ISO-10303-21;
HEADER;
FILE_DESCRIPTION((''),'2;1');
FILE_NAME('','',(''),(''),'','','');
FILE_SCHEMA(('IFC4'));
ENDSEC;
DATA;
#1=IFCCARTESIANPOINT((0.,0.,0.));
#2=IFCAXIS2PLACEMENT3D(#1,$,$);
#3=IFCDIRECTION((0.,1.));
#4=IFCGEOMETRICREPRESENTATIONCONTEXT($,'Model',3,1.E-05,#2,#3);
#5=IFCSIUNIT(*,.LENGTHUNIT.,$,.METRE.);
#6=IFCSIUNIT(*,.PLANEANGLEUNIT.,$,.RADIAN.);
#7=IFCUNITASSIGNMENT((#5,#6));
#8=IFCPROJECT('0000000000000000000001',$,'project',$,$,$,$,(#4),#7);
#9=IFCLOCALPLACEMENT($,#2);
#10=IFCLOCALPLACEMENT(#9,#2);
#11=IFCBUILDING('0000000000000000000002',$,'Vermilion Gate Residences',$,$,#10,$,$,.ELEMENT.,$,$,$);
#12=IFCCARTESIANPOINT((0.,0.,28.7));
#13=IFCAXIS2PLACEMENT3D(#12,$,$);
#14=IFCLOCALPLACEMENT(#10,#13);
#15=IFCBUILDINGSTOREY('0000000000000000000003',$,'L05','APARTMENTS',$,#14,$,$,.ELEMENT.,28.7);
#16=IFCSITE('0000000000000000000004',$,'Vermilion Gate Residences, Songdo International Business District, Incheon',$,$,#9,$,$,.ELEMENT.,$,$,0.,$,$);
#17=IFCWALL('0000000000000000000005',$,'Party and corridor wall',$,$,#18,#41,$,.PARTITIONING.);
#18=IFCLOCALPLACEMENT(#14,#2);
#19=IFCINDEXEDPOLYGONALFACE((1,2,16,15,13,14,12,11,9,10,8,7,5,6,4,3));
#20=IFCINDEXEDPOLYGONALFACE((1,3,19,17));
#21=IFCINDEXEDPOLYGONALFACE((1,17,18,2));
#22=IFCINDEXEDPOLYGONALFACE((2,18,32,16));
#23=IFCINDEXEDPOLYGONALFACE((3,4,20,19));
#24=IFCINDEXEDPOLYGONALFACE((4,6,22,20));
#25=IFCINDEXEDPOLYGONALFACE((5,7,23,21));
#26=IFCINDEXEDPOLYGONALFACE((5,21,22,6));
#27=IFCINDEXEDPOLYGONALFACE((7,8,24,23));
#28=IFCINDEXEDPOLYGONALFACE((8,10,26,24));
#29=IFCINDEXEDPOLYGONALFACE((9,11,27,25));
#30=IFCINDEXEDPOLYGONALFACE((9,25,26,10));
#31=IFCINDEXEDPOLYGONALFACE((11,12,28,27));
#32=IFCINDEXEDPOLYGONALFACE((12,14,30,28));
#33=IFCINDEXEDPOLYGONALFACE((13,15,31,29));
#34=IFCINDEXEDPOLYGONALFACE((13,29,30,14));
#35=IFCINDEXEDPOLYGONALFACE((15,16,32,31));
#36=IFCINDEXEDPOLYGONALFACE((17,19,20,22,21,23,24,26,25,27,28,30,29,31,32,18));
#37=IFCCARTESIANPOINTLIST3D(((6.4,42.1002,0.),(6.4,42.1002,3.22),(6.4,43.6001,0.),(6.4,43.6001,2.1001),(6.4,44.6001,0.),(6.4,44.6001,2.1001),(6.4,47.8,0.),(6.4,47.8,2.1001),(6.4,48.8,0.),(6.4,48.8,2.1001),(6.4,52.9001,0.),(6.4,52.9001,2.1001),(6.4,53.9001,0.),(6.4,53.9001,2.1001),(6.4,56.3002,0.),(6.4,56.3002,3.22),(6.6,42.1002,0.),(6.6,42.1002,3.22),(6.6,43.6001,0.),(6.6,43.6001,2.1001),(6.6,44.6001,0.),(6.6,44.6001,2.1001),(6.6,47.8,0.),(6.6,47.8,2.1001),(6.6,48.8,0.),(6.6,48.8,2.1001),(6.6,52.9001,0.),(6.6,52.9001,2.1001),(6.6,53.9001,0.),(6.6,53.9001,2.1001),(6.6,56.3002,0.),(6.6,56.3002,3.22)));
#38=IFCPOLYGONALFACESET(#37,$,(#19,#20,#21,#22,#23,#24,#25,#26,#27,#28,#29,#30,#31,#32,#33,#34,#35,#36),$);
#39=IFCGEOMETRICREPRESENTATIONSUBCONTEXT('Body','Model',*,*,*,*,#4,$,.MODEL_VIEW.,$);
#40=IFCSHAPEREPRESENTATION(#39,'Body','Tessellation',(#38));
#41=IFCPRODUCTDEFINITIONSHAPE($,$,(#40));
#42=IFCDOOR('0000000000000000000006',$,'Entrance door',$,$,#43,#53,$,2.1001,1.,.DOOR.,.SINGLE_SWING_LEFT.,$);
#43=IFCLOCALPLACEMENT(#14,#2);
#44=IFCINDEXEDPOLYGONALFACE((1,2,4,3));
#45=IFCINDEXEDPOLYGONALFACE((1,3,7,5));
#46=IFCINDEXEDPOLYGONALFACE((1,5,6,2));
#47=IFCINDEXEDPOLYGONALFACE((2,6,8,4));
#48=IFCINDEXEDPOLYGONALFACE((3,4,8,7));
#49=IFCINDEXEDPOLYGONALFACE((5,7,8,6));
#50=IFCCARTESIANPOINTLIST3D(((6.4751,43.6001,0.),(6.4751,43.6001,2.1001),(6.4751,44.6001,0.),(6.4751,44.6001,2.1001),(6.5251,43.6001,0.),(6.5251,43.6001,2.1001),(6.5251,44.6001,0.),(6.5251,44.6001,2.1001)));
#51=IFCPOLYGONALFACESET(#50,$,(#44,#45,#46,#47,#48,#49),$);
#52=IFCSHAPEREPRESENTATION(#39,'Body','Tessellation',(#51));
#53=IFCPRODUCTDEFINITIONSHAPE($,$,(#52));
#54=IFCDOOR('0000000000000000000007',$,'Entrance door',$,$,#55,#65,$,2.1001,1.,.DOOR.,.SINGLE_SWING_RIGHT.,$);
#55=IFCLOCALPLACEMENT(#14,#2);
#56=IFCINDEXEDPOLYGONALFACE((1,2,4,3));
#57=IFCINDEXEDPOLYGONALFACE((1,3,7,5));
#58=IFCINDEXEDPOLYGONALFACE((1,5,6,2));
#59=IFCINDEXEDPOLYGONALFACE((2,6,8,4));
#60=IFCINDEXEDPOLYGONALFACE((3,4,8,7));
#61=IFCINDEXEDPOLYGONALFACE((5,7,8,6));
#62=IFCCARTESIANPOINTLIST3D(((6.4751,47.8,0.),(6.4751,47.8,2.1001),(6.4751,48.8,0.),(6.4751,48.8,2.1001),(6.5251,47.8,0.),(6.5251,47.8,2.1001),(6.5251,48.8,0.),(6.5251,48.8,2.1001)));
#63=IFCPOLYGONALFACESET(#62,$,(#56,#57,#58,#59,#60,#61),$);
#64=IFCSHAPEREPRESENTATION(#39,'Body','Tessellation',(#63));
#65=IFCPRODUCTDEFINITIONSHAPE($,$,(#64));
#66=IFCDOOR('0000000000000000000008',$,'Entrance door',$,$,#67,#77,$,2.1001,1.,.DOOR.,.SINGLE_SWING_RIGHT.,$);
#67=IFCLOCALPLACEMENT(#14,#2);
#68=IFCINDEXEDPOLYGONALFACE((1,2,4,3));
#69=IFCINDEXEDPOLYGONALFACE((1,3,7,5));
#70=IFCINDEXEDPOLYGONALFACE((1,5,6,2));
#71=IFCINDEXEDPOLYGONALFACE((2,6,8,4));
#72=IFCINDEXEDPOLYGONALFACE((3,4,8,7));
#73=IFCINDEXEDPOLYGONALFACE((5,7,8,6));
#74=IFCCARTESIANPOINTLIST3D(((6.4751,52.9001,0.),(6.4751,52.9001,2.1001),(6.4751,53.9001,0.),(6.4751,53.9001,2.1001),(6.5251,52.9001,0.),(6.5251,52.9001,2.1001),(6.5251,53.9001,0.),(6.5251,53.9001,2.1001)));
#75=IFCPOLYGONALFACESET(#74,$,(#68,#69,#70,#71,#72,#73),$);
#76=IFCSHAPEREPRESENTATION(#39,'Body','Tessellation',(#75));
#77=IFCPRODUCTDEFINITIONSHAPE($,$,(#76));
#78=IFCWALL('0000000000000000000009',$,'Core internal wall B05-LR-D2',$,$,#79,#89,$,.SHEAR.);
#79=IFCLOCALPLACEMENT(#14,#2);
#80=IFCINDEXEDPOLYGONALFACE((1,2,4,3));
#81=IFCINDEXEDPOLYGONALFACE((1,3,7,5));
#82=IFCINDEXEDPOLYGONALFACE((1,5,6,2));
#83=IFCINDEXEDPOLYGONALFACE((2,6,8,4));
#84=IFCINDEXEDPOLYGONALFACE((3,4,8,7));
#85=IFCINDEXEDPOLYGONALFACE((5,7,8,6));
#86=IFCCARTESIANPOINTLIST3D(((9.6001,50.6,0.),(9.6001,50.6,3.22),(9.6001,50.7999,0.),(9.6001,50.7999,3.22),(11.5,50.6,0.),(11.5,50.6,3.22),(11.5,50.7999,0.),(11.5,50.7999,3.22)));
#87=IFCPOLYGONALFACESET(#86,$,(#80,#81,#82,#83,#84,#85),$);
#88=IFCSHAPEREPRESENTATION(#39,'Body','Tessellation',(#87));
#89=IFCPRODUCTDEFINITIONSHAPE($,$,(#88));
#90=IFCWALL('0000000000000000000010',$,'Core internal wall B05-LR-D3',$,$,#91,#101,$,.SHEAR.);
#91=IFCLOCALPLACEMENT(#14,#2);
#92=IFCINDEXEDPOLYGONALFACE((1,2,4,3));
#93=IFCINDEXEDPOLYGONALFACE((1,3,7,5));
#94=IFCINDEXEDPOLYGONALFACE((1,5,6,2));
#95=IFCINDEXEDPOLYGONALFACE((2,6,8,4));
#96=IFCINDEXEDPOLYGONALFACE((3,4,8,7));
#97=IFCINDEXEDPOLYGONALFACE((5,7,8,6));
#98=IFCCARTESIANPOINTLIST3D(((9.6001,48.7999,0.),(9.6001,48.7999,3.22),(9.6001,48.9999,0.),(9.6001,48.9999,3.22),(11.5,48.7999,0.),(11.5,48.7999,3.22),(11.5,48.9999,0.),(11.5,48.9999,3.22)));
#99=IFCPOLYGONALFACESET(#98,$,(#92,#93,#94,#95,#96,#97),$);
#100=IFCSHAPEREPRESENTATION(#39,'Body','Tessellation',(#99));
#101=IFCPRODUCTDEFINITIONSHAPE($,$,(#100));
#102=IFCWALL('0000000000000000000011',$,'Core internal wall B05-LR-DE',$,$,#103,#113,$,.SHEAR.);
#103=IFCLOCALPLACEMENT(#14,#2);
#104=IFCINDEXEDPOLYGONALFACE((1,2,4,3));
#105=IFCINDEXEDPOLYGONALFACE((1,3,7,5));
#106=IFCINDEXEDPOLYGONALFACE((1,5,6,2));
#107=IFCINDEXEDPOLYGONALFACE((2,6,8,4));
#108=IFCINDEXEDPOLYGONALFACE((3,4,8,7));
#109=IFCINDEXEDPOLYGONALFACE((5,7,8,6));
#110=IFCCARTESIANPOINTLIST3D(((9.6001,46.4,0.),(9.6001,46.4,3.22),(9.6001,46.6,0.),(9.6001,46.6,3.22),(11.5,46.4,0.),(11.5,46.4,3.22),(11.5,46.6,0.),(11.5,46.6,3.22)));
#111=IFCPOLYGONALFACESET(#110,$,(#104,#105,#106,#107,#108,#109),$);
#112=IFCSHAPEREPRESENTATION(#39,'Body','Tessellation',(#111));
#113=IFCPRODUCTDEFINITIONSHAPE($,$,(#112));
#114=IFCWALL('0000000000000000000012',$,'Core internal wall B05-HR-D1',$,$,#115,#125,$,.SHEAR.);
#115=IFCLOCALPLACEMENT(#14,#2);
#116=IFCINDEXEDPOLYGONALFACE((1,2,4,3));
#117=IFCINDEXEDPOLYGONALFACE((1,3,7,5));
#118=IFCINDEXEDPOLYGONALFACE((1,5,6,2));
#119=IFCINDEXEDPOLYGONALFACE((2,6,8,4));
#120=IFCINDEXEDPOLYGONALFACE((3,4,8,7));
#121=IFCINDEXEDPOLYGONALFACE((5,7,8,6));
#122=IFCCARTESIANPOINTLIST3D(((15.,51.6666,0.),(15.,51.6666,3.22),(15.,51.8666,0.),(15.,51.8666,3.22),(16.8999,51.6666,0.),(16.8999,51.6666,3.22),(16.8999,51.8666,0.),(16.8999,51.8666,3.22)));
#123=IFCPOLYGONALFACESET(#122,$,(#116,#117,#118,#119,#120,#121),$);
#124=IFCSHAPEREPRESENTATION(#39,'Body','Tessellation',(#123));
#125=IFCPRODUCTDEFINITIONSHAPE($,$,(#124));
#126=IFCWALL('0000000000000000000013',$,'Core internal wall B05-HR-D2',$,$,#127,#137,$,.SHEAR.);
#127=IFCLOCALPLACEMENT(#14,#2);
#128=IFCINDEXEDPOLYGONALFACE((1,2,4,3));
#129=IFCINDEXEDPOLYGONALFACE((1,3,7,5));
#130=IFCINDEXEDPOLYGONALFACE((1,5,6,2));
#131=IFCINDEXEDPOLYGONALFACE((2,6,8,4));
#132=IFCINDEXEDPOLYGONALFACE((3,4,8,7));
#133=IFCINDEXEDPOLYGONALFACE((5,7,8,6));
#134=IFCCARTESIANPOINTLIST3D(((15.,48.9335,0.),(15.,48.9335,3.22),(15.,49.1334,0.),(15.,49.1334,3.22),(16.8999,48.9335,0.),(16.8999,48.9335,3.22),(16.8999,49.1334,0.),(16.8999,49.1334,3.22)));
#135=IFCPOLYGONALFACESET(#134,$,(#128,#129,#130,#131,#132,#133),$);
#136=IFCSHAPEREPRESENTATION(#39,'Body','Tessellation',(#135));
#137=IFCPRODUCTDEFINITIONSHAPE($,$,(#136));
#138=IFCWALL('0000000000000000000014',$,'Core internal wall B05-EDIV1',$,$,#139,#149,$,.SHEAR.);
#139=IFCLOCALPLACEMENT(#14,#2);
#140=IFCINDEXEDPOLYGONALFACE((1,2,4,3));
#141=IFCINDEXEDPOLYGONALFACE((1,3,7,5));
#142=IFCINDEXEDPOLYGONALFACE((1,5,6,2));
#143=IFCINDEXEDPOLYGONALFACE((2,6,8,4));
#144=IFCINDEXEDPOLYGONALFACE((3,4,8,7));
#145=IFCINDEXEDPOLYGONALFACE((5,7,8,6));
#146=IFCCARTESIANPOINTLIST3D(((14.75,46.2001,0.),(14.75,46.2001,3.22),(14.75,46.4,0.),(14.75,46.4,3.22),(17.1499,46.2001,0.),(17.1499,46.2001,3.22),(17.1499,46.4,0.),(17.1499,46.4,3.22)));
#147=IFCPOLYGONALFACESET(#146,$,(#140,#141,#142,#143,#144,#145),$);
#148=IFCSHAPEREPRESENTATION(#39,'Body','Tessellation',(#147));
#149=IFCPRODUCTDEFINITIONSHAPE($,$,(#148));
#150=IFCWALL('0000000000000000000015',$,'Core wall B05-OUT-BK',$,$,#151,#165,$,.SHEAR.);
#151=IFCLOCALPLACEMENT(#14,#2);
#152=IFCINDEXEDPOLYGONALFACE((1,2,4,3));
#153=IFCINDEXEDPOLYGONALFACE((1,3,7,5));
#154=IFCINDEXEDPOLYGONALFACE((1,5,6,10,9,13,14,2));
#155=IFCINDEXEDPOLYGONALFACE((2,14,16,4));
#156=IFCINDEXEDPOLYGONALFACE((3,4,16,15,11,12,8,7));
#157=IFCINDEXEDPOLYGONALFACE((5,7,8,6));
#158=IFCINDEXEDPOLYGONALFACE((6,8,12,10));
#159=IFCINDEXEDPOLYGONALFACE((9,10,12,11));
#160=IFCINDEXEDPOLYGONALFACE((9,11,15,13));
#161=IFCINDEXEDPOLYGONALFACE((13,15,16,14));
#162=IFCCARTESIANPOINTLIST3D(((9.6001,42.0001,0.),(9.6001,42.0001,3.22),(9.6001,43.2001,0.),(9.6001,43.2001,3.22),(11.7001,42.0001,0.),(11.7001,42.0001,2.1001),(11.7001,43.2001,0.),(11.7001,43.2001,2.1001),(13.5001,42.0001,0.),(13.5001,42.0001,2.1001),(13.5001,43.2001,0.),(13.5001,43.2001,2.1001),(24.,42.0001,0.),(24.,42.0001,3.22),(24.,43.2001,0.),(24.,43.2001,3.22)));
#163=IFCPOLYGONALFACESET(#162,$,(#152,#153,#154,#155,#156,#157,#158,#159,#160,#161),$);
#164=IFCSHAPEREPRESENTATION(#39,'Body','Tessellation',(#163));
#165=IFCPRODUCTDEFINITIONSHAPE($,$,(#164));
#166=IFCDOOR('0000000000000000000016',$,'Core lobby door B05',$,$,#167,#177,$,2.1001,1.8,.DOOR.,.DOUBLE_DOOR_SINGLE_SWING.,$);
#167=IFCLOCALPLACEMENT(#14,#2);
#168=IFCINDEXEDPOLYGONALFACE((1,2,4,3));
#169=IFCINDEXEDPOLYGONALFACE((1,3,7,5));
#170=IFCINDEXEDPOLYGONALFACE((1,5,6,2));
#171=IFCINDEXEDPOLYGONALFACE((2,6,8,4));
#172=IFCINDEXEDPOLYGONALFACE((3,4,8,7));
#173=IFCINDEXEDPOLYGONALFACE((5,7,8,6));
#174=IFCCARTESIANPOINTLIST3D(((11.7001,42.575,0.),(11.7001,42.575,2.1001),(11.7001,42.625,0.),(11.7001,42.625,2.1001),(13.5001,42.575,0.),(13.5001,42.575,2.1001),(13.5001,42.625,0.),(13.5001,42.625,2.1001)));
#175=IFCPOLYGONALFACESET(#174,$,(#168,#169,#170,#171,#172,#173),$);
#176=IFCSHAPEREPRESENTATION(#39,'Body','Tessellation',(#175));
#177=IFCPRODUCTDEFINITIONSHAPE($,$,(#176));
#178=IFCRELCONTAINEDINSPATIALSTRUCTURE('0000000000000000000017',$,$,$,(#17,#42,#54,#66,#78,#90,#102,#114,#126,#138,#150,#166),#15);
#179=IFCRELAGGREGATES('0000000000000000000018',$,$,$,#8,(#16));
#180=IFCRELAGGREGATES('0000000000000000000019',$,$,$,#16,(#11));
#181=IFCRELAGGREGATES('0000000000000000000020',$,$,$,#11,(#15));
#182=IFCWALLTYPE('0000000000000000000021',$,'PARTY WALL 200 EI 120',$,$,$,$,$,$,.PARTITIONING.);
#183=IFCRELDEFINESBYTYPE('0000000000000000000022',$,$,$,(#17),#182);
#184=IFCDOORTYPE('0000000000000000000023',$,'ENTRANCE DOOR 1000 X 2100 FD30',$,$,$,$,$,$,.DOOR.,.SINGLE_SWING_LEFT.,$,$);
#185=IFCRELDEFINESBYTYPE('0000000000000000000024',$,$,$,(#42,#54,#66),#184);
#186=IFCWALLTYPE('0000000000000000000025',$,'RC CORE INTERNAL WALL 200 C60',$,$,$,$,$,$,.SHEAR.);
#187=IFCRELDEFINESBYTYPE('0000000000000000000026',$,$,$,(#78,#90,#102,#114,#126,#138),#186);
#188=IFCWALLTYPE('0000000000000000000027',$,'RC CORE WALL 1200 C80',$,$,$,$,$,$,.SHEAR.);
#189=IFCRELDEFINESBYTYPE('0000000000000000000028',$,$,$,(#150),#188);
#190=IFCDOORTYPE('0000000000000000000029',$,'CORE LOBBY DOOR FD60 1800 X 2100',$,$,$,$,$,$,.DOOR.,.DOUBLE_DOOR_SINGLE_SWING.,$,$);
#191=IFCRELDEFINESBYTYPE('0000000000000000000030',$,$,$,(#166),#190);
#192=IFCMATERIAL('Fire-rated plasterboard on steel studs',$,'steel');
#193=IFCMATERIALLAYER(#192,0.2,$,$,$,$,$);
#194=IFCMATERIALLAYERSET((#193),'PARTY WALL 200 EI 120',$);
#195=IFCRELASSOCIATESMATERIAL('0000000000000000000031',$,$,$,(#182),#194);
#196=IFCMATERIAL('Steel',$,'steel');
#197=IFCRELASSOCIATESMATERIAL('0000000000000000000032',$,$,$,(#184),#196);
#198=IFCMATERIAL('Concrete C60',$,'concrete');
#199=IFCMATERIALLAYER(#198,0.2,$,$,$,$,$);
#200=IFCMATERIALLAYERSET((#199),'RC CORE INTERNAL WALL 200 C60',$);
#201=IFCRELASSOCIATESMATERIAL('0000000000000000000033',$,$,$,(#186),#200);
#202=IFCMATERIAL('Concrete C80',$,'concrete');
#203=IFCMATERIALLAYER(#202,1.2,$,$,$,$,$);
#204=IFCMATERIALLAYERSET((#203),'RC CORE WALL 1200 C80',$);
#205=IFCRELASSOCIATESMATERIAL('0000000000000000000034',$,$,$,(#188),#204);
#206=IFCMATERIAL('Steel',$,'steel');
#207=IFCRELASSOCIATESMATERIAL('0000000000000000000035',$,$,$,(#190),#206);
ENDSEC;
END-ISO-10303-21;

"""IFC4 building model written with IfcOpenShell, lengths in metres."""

from ifc_helpers import new_model, si_unit, direction, frame, frame_2d, origin, place, context, subcontext, project, spatial, rectangle, extrude, material, layer, layer_set, type_object, element, fill, save


model = new_model("IFC4")

# Units and contexts
model_context = context("Model", 3, precision=1e-05, world=origin(), true_north=direction((0.0, 1.0)))
body_context = subcontext(model_context, "Body", "Model", "MODEL_VIEW")
ifc_project = project(units=[si_unit("LENGTHUNIT", "METRE"), si_unit("PLANEANGLEUNIT", "RADIAN")], contexts=[model_context])

# Site, building, storey
site_placement = place(None, origin())
site = spatial("IfcSite", under=ifc_project, at=site_placement, Name="Vermilion Gate Residences, Songdo International Business District, Incheon", CompositionType="ELEMENT", RefElevation=0.0)
building_placement = place(site_placement, origin())
building = spatial("IfcBuilding", under=site, at=building_placement, Name="Vermilion Gate Residences", CompositionType="ELEMENT")
storey_placement = place(building_placement, frame((0.0, 0.0, 28.7)))
storey = spatial("IfcBuildingStorey", under=building, at=storey_placement, Name="L05", Description="APARTMENTS", CompositionType="ELEMENT", Elevation=28.7)

# Shared definitions
ifc_material_1 = material(Name="Fire-rated plasterboard on steel studs", Category="steel")
ifc_layer_1 = layer(ifc_material_1, 0.2)
ifc_layer_set_1 = layer_set([ifc_layer_1], Name="PARTY WALL 200 EI 120")
wall_type_1 = type_object("IfcWallType", Name="PARTY WALL 200 EI 120", PredefinedType="PARTITIONING", material=ifc_layer_set_1)

# Wall, openings, doors
wall_1_placement = place(storey_placement, frame((6.5, 42.1001, 0.0), z_axis=(0.0, 0.0, 1.0), x_axis=(0.0, 1.0, 0.0)))
wall_1 = element("IfcWall", 1, at=wall_1_placement, inside=storey, type_object=wall_type_1, Name="Party and corridor wall", PredefinedType="PARTITIONING", context=body_context, shape_type="SweptSolid", body=[
    extrude(rectangle(XDim=14.2, YDim=0.2, at=frame_2d((7.1001, 0.0))), origin(), (0.0, 0.0, 1.0), 3.22),
])
opening_1_placement = place(wall_1_placement, frame((1.5, 0.0, 0.0)))
opening_1 = element("IfcOpeningElement", 2, at=opening_1_placement, cuts=wall_1, PredefinedType="OPENING", context=body_context, shape_type="SweptSolid", body=[
    extrude(rectangle(XDim=1.0, YDim=2.1001, at=frame_2d((0.5, 1.05))), frame((0.0, 0.1099, 0.0), z_axis=(0.0, -1.0, 0.0), x_axis=(1.0, 0.0, 0.0)), (0.0, 0.0, 1.0), 0.22),
])
opening_2_placement = place(wall_1_placement, frame((5.7, 0.0, 0.0)))
opening_2 = element("IfcOpeningElement", 3, at=opening_2_placement, cuts=wall_1, PredefinedType="OPENING", context=body_context, shape_type="SweptSolid", body=[
    extrude(rectangle(XDim=1.0, YDim=2.1001, at=frame_2d((0.5, 1.05))), frame((0.0, 0.1099, 0.0), z_axis=(0.0, -1.0, 0.0), x_axis=(1.0, 0.0, 0.0)), (0.0, 0.0, 1.0), 0.22),
])
opening_3_placement = place(wall_1_placement, frame((10.8, 0.0, 0.0)))
opening_3 = element("IfcOpeningElement", 4, at=opening_3_placement, cuts=wall_1, PredefinedType="OPENING", context=body_context, shape_type="SweptSolid", body=[
    extrude(rectangle(XDim=1.0, YDim=2.1001, at=frame_2d((0.5, 1.05))), frame((0.0, 0.1099, 0.0), z_axis=(0.0, -1.0, 0.0), x_axis=(1.0, 0.0, 0.0)), (0.0, 0.0, 1.0), 0.22),
])
ifc_material_2 = material(Name="Steel", Category="steel")
door_type_1 = type_object("IfcDoorType", Name="ENTRANCE DOOR 1000 X 2100 FD30", OperationType="SINGLE_SWING_LEFT", PredefinedType="DOOR", material=ifc_material_2)
door_1_placement = place(opening_1_placement, origin())
door_1 = element("IfcDoor", 5, at=door_1_placement, inside=storey, type_object=door_type_1, Name="Entrance door", OperationType="SINGLE_SWING_LEFT", OverallHeight=2.1001, OverallWidth=1.0, PredefinedType="DOOR", context=body_context, shape_type="SweptSolid", body=[
    extrude(rectangle(XDim=1.0, YDim=2.1001, at=frame_2d((0.5, 1.05))), frame((0.0, 0.0249, 0.0), z_axis=(0.0, -1.0, 0.0), x_axis=(1.0, 0.0, 0.0)), (0.0, 0.0, 1.0), 0.05),
])
fill(opening_1, door_1)
door_2_placement = place(opening_2_placement, origin())
door_2 = element("IfcDoor", 6, at=door_2_placement, inside=storey, type_object=door_type_1, Name="Entrance door", OperationType="SINGLE_SWING_RIGHT", OverallHeight=2.1001, OverallWidth=1.0, PredefinedType="DOOR", context=body_context, shape_type="SweptSolid", body=[
    extrude(rectangle(XDim=1.0, YDim=2.1001, at=frame_2d((0.5, 1.05))), frame((0.0, 0.0249, 0.0), z_axis=(0.0, -1.0, 0.0), x_axis=(1.0, 0.0, 0.0)), (0.0, 0.0, 1.0), 0.05),
])
fill(opening_2, door_2)
door_3_placement = place(opening_3_placement, origin())
door_3 = element("IfcDoor", 7, at=door_3_placement, inside=storey, type_object=door_type_1, Name="Entrance door", OperationType="SINGLE_SWING_RIGHT", OverallHeight=2.1001, OverallWidth=1.0, PredefinedType="DOOR", context=body_context, shape_type="SweptSolid", body=[
    extrude(rectangle(XDim=1.0, YDim=2.1001, at=frame_2d((0.5, 1.05))), frame((0.0, 0.0249, 0.0), z_axis=(0.0, -1.0, 0.0), x_axis=(1.0, 0.0, 0.0)), (0.0, 0.0, 1.0), 0.05),
])
fill(opening_3, door_3)

# Walls
ifc_material_3 = material(Name="Concrete C60", Category="concrete")
ifc_layer_2 = layer(ifc_material_3, 0.2)
ifc_layer_set_2 = layer_set([ifc_layer_2], Name="RC CORE INTERNAL WALL 200 C60")
wall_type_2 = type_object("IfcWallType", Name="RC CORE INTERNAL WALL 200 C60", PredefinedType="SHEAR", material=ifc_layer_set_2)
for number, where, z_axis, x_axis, name in (
    (8, (9.6001, 50.7, 0.0), (0.0, 0.0, 1.0), (1.0, 0.0, 0.0), "Core internal wall B05-LR-D2"),
    (9, (9.6001, 48.8999, 0.0), (0.0, 0.0, 1.0), (1.0, 0.0, 0.0), "Core internal wall B05-LR-D3"),
    (10, (9.6001, 46.5, 0.0), (0.0, 0.0, 1.0), (1.0, 0.0, 0.0), "Core internal wall B05-LR-DE"),
    (11, (15.0, 51.7666, 0.0), (0.0, 0.0, 1.0), (1.0, 0.0, 0.0), "Core internal wall B05-HR-D1"),
    (12, (15.0, 49.0334, 0.0), (0.0, 0.0, 1.0), (1.0, 0.0, 0.0), "Core internal wall B05-HR-D2"),
):
    element("IfcWall", number, at=place(storey_placement, frame(where, z_axis=z_axis, x_axis=x_axis)), inside=storey, type_object=wall_type_2, Name=name, PredefinedType="SHEAR", context=body_context, shape_type="SweptSolid", body=[
        extrude(rectangle(XDim=1.8999, YDim=0.2, at=frame_2d((0.95, 0.0))), origin(), (0.0, 0.0, 1.0), 3.22),
    ])
wall_2_placement = place(storey_placement, frame((14.75, 46.3, 0.0), z_axis=(0.0, 0.0, 1.0), x_axis=(1.0, 0.0, 0.0)))
element("IfcWall", 13, at=wall_2_placement, inside=storey, type_object=wall_type_2, Name="Core internal wall B05-EDIV1", PredefinedType="SHEAR", context=body_context, shape_type="SweptSolid", body=[
    extrude(rectangle(XDim=2.3999, YDim=0.2, at=frame_2d((1.2, 0.0))), origin(), (0.0, 0.0, 1.0), 3.22),
])

# Wall, opening, door
ifc_material_4 = material(Name="Concrete C80", Category="concrete")
ifc_layer_3 = layer(ifc_material_4, 1.2)
ifc_layer_set_3 = layer_set([ifc_layer_3], Name="RC CORE WALL 1200 C80")
wall_type_3 = type_object("IfcWallType", Name="RC CORE WALL 1200 C80", PredefinedType="SHEAR", material=ifc_layer_set_3)
wall_3_placement = place(storey_placement, frame((9.6001, 42.6001, 0.0), z_axis=(0.0, 0.0, 1.0), x_axis=(1.0, 0.0, 0.0)))
wall_3 = element("IfcWall", 14, at=wall_3_placement, inside=storey, type_object=wall_type_3, Name="Core wall B05-OUT-BK", PredefinedType="SHEAR", context=body_context, shape_type="SweptSolid", body=[
    extrude(rectangle(XDim=14.3999, YDim=1.2, at=frame_2d((7.2, 0.0))), origin(), (0.0, 0.0, 1.0), 3.22),
])
opening_4_placement = place(wall_3_placement, frame((2.1001, 0.0, 0.0)))
opening_4 = element("IfcOpeningElement", 15, at=opening_4_placement, cuts=wall_3, PredefinedType="OPENING", context=body_context, shape_type="SweptSolid", body=[
    extrude(rectangle(XDim=1.8, YDim=2.1001, at=frame_2d((0.8999, 1.05))), frame((0.0, 0.6099, 0.0), z_axis=(0.0, -1.0, 0.0), x_axis=(1.0, 0.0, 0.0)), (0.0, 0.0, 1.0), 1.22),
])
ifc_material_5 = material(Name="Steel", Category="steel")
door_type_2 = type_object("IfcDoorType", Name="CORE LOBBY DOOR FD60 1800 X 2100", OperationType="DOUBLE_DOOR_SINGLE_SWING", PredefinedType="DOOR", material=ifc_material_5)
door_4_placement = place(opening_4_placement, origin())
door_4 = element("IfcDoor", 16, at=door_4_placement, inside=storey, type_object=door_type_2, Name="Core lobby door B05", OperationType="DOUBLE_DOOR_SINGLE_SWING", OverallHeight=2.1001, OverallWidth=1.8, PredefinedType="DOOR", context=body_context, shape_type="SweptSolid", body=[
    extrude(rectangle(XDim=1.8, YDim=2.1001, at=frame_2d((0.8999, 1.05))), frame((0.0, 0.0249, 0.0), z_axis=(0.0, -1.0, 0.0), x_axis=(1.0, 0.0, 0.0)), (0.0, 0.0, 1.0), 0.05),
])
fill(opening_4, door_4)

save(model, "model.ifc")
